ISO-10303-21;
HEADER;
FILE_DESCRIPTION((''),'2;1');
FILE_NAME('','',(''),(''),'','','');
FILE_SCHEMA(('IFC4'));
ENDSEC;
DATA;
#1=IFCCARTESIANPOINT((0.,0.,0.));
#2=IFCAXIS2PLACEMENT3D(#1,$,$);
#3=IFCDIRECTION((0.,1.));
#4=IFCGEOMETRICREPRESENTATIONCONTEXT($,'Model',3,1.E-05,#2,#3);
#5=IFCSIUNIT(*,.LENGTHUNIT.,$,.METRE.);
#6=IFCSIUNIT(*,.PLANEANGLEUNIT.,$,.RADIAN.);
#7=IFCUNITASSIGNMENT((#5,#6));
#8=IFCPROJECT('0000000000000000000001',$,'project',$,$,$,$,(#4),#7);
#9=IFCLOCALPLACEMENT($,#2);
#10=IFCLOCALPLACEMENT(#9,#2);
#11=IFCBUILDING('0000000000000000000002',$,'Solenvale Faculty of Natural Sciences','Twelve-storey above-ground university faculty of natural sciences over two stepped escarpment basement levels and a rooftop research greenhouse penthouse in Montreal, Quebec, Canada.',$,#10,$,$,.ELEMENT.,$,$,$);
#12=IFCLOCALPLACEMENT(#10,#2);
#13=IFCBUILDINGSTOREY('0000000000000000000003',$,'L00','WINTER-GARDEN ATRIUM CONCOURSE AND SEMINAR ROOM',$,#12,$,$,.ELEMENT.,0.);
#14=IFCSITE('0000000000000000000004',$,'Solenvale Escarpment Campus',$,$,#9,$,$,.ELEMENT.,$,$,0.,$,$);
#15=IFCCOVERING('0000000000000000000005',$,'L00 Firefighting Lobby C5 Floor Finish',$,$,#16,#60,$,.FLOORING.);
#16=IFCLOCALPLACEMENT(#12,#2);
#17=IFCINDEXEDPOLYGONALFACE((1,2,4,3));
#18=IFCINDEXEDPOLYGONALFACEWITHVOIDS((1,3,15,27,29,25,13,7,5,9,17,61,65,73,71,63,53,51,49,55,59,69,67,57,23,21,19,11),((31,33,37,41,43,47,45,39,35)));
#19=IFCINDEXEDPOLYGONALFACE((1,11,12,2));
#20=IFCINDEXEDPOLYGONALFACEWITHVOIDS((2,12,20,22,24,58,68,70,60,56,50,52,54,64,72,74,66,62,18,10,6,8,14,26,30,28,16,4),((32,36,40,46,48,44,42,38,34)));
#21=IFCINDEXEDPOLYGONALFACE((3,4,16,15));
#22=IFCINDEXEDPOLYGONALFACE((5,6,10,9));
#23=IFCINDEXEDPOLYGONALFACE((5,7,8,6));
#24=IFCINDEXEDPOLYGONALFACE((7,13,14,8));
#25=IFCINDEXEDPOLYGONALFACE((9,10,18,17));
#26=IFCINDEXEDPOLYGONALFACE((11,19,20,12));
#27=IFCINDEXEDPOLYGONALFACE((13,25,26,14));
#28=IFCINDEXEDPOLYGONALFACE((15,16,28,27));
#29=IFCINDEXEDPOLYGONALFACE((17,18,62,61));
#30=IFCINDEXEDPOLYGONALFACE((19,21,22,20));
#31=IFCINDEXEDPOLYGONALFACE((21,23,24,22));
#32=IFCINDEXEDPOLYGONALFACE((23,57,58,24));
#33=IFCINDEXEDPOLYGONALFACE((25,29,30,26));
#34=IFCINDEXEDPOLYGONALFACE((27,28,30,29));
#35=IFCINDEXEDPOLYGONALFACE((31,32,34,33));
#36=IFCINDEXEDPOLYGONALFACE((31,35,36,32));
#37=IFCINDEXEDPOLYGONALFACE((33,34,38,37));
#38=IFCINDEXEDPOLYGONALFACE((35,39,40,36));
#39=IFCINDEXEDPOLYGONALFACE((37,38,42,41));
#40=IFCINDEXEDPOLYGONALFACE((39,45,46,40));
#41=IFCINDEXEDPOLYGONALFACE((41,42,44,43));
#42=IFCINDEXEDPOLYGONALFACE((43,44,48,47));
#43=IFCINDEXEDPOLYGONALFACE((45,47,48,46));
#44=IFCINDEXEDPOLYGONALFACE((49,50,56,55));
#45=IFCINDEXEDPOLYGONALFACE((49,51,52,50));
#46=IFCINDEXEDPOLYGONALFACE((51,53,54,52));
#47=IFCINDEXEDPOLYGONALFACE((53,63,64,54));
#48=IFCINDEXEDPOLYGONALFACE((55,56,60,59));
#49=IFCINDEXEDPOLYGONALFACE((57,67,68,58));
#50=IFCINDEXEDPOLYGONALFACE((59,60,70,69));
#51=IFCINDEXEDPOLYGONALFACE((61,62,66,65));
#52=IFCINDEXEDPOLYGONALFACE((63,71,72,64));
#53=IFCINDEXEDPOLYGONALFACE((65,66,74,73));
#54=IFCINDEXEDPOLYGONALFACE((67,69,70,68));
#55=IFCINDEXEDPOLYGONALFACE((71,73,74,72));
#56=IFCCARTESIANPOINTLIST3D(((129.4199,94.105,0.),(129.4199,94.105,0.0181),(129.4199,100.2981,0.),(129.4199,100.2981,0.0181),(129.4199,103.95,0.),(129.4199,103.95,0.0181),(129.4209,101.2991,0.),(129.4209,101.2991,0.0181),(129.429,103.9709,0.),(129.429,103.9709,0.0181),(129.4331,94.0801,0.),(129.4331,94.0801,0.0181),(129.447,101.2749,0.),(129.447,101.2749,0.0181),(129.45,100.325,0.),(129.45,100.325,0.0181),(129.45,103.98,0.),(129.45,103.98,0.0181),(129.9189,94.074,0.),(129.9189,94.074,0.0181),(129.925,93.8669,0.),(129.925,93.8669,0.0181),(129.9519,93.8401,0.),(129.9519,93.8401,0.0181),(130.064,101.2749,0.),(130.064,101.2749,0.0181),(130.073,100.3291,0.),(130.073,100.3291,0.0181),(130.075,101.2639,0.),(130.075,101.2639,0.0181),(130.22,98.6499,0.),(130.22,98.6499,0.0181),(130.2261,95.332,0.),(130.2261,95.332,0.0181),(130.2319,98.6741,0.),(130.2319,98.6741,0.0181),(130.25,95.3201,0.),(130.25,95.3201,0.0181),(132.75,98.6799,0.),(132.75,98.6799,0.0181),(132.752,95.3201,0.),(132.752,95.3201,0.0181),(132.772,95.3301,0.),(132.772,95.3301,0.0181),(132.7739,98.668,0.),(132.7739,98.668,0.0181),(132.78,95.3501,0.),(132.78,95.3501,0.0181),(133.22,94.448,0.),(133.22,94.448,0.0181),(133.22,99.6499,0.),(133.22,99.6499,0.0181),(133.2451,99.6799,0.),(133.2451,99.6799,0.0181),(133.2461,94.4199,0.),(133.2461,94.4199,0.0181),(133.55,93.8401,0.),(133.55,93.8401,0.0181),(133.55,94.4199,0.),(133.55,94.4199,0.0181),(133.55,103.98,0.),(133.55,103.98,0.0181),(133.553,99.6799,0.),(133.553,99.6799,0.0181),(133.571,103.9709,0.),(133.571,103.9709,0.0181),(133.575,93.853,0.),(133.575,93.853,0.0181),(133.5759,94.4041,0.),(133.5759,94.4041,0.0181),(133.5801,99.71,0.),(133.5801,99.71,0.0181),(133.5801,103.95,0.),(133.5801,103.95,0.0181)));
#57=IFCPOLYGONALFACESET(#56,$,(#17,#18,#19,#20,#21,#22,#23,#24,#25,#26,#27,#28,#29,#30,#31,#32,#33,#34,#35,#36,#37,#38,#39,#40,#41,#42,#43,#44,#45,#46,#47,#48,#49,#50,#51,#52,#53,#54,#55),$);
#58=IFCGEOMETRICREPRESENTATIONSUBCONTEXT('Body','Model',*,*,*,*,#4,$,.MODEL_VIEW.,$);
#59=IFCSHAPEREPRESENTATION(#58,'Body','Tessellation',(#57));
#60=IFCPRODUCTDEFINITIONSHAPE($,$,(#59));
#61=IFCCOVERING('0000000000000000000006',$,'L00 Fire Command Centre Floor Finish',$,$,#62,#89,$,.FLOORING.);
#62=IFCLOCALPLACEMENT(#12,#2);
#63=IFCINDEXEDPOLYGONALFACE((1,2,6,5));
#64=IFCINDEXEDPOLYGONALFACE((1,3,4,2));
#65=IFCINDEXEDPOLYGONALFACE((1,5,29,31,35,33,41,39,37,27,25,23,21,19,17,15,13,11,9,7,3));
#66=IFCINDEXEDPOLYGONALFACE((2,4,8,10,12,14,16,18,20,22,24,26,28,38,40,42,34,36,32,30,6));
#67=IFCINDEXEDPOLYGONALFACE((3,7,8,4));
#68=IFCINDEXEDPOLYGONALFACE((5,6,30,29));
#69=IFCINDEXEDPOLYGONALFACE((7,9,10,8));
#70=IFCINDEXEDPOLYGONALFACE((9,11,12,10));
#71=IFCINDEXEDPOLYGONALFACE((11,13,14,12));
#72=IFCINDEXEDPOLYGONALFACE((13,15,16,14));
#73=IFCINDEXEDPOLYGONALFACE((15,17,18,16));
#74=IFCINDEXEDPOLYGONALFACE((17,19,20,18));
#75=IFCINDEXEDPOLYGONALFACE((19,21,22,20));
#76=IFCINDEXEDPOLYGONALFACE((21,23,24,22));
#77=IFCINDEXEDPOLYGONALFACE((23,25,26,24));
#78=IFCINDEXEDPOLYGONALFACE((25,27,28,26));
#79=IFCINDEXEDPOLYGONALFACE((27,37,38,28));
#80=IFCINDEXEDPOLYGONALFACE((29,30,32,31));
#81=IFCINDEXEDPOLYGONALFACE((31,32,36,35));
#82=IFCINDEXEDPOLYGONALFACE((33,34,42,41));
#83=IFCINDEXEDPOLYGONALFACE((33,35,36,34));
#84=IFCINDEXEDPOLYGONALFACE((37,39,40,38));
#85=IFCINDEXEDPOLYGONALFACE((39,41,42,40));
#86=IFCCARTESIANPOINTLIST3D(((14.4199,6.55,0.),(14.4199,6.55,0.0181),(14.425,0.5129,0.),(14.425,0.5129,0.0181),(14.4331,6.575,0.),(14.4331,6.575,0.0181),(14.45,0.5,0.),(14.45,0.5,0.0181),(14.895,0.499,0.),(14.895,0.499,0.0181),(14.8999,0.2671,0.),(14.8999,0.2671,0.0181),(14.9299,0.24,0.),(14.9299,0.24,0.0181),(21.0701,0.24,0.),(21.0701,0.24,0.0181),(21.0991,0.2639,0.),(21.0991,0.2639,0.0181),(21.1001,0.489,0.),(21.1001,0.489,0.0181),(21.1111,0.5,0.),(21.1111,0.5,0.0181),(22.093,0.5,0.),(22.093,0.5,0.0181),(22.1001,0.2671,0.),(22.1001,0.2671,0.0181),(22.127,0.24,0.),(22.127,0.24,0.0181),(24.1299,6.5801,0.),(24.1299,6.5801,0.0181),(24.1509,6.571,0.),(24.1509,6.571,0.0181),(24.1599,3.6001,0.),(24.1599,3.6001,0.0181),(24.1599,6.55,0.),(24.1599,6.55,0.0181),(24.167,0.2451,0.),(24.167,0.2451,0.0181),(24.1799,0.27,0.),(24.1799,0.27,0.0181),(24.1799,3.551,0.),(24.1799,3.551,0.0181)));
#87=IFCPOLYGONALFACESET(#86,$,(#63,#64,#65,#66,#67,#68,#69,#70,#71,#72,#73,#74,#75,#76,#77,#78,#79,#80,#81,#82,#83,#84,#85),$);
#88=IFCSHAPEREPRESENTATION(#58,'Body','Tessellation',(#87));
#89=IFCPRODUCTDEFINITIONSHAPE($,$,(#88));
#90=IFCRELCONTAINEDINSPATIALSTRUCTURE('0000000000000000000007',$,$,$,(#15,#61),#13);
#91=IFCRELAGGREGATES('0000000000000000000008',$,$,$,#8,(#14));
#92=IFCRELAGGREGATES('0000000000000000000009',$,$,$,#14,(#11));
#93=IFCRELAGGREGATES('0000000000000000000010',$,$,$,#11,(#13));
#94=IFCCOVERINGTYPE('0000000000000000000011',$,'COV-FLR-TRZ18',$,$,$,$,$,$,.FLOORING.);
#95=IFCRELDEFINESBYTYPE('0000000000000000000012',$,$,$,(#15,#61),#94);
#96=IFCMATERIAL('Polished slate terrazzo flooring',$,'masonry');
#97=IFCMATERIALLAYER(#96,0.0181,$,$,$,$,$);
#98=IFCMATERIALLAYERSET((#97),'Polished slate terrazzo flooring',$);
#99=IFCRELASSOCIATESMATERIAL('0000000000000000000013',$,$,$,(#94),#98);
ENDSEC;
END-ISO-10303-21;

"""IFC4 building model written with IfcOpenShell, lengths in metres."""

from ifc_helpers import new_model, si_unit, direction, origin, place, context, subcontext, project, spatial, polyline, outline, extrude, material, layer, layer_set, type_object, element, save


model = new_model("IFC4")

# Units and contexts
model_context = context("Model", 3, precision=1e-05, world=origin(), true_north=direction((0.0, 1.0)))
body_context = subcontext(model_context, "Body", "Model", "MODEL_VIEW")
ifc_project = project(units=[si_unit("LENGTHUNIT", "METRE"), si_unit("PLANEANGLEUNIT", "RADIAN")], contexts=[model_context])

# Site, building, storey
site_placement = place(None, origin())
site = spatial("IfcSite", under=ifc_project, at=site_placement, Name="Solenvale Escarpment Campus", CompositionType="ELEMENT", RefElevation=0.0)
building_placement = place(site_placement, origin())
building = spatial("IfcBuilding", under=site, at=building_placement, Name="Solenvale Faculty of Natural Sciences", Description="Twelve-storey above-ground university faculty of natural sciences over two stepped escarpment basement levels and a rooftop research greenhouse penthouse in Montreal, Quebec, Canada.", CompositionType="ELEMENT")
storey_placement = place(building_placement, origin())
storey = spatial("IfcBuildingStorey", under=building, at=storey_placement, Name="L00", Description="WINTER-GARDEN ATRIUM CONCOURSE AND SEMINAR ROOM", CompositionType="ELEMENT", Elevation=0.0)

# Coverings
ifc_material_1 = material(Name="Polished slate terrazzo flooring", Category="masonry")
ifc_layer_1 = layer(ifc_material_1, 0.0181)
ifc_layer_set_1 = layer_set([ifc_layer_1], Name="Polished slate terrazzo flooring")
covering_type_1 = type_object("IfcCoveringType", Name="COV-FLR-TRZ18", PredefinedType="FLOORING", material=ifc_layer_set_1)
covering_1_placement = place(storey_placement, origin())
element("IfcCovering", 1, at=covering_1_placement, inside=storey, type_object=covering_type_1, Name="L00 Firefighting Lobby C5 Floor Finish", PredefinedType="FLOORING", context=body_context, shape_type="SweptSolid", body=[
    extrude(outline(polyline([(133.5801, 99.71), (133.553, 99.6799), (133.2451, 99.6799), (133.22, 99.6499), (133.22, 94.448), (133.2461, 94.4199), (133.55, 94.4199), (133.5759, 94.4041), (133.575, 93.853), (133.55, 93.8401), (129.9519, 93.8401), (129.925, 93.8669), (129.9189, 94.074), (129.4331, 94.0801), (129.4199, 94.105), (129.4199, 100.2981), (129.45, 100.325), (130.073, 100.3291), (130.075, 101.2639), (130.064, 101.2749), (129.447, 101.2749), (129.4209, 101.2991), (129.4199, 103.95), (129.429, 103.9709), (129.45, 103.98), (133.55, 103.98), (133.571, 103.9709), (133.5801, 103.95), (133.5801, 99.71)]), holes=[polyline([(132.752, 95.3201), (132.772, 95.3301), (132.78, 95.3501), (132.7739, 98.668), (132.75, 98.6799), (130.2319, 98.6741), (130.22, 98.6499), (130.2261, 95.332), (130.25, 95.3201), (132.752, 95.3201)])]), origin(), (0.0, 0.0, 1.0), 0.0181),
])
covering_2_placement = place(storey_placement, origin())
element("IfcCovering", 2, at=covering_2_placement, inside=storey, type_object=covering_type_1, Name="L00 Fire Command Centre Floor Finish", PredefinedType="FLOORING", context=body_context, shape_type="SweptSolid", body=[
    extrude(outline(polyline([(24.1299, 6.5801), (24.1509, 6.571), (24.1599, 6.55), (24.1599, 3.6001), (24.1799, 3.551), (24.1799, 0.27), (24.167, 0.2451), (22.127, 0.24), (22.1001, 0.2671), (22.093, 0.5), (21.1111, 0.5), (21.1001, 0.489), (21.0991, 0.2639), (21.0701, 0.24), (14.9299, 0.24), (14.8999, 0.2671), (14.895, 0.499), (14.45, 0.5), (14.425, 0.5129), (14.4199, 6.55), (14.4331, 6.575), (24.1299, 6.5801)])), origin(), (0.0, 0.0, 1.0), 0.0181),
])

save(model, "model.ifc")
